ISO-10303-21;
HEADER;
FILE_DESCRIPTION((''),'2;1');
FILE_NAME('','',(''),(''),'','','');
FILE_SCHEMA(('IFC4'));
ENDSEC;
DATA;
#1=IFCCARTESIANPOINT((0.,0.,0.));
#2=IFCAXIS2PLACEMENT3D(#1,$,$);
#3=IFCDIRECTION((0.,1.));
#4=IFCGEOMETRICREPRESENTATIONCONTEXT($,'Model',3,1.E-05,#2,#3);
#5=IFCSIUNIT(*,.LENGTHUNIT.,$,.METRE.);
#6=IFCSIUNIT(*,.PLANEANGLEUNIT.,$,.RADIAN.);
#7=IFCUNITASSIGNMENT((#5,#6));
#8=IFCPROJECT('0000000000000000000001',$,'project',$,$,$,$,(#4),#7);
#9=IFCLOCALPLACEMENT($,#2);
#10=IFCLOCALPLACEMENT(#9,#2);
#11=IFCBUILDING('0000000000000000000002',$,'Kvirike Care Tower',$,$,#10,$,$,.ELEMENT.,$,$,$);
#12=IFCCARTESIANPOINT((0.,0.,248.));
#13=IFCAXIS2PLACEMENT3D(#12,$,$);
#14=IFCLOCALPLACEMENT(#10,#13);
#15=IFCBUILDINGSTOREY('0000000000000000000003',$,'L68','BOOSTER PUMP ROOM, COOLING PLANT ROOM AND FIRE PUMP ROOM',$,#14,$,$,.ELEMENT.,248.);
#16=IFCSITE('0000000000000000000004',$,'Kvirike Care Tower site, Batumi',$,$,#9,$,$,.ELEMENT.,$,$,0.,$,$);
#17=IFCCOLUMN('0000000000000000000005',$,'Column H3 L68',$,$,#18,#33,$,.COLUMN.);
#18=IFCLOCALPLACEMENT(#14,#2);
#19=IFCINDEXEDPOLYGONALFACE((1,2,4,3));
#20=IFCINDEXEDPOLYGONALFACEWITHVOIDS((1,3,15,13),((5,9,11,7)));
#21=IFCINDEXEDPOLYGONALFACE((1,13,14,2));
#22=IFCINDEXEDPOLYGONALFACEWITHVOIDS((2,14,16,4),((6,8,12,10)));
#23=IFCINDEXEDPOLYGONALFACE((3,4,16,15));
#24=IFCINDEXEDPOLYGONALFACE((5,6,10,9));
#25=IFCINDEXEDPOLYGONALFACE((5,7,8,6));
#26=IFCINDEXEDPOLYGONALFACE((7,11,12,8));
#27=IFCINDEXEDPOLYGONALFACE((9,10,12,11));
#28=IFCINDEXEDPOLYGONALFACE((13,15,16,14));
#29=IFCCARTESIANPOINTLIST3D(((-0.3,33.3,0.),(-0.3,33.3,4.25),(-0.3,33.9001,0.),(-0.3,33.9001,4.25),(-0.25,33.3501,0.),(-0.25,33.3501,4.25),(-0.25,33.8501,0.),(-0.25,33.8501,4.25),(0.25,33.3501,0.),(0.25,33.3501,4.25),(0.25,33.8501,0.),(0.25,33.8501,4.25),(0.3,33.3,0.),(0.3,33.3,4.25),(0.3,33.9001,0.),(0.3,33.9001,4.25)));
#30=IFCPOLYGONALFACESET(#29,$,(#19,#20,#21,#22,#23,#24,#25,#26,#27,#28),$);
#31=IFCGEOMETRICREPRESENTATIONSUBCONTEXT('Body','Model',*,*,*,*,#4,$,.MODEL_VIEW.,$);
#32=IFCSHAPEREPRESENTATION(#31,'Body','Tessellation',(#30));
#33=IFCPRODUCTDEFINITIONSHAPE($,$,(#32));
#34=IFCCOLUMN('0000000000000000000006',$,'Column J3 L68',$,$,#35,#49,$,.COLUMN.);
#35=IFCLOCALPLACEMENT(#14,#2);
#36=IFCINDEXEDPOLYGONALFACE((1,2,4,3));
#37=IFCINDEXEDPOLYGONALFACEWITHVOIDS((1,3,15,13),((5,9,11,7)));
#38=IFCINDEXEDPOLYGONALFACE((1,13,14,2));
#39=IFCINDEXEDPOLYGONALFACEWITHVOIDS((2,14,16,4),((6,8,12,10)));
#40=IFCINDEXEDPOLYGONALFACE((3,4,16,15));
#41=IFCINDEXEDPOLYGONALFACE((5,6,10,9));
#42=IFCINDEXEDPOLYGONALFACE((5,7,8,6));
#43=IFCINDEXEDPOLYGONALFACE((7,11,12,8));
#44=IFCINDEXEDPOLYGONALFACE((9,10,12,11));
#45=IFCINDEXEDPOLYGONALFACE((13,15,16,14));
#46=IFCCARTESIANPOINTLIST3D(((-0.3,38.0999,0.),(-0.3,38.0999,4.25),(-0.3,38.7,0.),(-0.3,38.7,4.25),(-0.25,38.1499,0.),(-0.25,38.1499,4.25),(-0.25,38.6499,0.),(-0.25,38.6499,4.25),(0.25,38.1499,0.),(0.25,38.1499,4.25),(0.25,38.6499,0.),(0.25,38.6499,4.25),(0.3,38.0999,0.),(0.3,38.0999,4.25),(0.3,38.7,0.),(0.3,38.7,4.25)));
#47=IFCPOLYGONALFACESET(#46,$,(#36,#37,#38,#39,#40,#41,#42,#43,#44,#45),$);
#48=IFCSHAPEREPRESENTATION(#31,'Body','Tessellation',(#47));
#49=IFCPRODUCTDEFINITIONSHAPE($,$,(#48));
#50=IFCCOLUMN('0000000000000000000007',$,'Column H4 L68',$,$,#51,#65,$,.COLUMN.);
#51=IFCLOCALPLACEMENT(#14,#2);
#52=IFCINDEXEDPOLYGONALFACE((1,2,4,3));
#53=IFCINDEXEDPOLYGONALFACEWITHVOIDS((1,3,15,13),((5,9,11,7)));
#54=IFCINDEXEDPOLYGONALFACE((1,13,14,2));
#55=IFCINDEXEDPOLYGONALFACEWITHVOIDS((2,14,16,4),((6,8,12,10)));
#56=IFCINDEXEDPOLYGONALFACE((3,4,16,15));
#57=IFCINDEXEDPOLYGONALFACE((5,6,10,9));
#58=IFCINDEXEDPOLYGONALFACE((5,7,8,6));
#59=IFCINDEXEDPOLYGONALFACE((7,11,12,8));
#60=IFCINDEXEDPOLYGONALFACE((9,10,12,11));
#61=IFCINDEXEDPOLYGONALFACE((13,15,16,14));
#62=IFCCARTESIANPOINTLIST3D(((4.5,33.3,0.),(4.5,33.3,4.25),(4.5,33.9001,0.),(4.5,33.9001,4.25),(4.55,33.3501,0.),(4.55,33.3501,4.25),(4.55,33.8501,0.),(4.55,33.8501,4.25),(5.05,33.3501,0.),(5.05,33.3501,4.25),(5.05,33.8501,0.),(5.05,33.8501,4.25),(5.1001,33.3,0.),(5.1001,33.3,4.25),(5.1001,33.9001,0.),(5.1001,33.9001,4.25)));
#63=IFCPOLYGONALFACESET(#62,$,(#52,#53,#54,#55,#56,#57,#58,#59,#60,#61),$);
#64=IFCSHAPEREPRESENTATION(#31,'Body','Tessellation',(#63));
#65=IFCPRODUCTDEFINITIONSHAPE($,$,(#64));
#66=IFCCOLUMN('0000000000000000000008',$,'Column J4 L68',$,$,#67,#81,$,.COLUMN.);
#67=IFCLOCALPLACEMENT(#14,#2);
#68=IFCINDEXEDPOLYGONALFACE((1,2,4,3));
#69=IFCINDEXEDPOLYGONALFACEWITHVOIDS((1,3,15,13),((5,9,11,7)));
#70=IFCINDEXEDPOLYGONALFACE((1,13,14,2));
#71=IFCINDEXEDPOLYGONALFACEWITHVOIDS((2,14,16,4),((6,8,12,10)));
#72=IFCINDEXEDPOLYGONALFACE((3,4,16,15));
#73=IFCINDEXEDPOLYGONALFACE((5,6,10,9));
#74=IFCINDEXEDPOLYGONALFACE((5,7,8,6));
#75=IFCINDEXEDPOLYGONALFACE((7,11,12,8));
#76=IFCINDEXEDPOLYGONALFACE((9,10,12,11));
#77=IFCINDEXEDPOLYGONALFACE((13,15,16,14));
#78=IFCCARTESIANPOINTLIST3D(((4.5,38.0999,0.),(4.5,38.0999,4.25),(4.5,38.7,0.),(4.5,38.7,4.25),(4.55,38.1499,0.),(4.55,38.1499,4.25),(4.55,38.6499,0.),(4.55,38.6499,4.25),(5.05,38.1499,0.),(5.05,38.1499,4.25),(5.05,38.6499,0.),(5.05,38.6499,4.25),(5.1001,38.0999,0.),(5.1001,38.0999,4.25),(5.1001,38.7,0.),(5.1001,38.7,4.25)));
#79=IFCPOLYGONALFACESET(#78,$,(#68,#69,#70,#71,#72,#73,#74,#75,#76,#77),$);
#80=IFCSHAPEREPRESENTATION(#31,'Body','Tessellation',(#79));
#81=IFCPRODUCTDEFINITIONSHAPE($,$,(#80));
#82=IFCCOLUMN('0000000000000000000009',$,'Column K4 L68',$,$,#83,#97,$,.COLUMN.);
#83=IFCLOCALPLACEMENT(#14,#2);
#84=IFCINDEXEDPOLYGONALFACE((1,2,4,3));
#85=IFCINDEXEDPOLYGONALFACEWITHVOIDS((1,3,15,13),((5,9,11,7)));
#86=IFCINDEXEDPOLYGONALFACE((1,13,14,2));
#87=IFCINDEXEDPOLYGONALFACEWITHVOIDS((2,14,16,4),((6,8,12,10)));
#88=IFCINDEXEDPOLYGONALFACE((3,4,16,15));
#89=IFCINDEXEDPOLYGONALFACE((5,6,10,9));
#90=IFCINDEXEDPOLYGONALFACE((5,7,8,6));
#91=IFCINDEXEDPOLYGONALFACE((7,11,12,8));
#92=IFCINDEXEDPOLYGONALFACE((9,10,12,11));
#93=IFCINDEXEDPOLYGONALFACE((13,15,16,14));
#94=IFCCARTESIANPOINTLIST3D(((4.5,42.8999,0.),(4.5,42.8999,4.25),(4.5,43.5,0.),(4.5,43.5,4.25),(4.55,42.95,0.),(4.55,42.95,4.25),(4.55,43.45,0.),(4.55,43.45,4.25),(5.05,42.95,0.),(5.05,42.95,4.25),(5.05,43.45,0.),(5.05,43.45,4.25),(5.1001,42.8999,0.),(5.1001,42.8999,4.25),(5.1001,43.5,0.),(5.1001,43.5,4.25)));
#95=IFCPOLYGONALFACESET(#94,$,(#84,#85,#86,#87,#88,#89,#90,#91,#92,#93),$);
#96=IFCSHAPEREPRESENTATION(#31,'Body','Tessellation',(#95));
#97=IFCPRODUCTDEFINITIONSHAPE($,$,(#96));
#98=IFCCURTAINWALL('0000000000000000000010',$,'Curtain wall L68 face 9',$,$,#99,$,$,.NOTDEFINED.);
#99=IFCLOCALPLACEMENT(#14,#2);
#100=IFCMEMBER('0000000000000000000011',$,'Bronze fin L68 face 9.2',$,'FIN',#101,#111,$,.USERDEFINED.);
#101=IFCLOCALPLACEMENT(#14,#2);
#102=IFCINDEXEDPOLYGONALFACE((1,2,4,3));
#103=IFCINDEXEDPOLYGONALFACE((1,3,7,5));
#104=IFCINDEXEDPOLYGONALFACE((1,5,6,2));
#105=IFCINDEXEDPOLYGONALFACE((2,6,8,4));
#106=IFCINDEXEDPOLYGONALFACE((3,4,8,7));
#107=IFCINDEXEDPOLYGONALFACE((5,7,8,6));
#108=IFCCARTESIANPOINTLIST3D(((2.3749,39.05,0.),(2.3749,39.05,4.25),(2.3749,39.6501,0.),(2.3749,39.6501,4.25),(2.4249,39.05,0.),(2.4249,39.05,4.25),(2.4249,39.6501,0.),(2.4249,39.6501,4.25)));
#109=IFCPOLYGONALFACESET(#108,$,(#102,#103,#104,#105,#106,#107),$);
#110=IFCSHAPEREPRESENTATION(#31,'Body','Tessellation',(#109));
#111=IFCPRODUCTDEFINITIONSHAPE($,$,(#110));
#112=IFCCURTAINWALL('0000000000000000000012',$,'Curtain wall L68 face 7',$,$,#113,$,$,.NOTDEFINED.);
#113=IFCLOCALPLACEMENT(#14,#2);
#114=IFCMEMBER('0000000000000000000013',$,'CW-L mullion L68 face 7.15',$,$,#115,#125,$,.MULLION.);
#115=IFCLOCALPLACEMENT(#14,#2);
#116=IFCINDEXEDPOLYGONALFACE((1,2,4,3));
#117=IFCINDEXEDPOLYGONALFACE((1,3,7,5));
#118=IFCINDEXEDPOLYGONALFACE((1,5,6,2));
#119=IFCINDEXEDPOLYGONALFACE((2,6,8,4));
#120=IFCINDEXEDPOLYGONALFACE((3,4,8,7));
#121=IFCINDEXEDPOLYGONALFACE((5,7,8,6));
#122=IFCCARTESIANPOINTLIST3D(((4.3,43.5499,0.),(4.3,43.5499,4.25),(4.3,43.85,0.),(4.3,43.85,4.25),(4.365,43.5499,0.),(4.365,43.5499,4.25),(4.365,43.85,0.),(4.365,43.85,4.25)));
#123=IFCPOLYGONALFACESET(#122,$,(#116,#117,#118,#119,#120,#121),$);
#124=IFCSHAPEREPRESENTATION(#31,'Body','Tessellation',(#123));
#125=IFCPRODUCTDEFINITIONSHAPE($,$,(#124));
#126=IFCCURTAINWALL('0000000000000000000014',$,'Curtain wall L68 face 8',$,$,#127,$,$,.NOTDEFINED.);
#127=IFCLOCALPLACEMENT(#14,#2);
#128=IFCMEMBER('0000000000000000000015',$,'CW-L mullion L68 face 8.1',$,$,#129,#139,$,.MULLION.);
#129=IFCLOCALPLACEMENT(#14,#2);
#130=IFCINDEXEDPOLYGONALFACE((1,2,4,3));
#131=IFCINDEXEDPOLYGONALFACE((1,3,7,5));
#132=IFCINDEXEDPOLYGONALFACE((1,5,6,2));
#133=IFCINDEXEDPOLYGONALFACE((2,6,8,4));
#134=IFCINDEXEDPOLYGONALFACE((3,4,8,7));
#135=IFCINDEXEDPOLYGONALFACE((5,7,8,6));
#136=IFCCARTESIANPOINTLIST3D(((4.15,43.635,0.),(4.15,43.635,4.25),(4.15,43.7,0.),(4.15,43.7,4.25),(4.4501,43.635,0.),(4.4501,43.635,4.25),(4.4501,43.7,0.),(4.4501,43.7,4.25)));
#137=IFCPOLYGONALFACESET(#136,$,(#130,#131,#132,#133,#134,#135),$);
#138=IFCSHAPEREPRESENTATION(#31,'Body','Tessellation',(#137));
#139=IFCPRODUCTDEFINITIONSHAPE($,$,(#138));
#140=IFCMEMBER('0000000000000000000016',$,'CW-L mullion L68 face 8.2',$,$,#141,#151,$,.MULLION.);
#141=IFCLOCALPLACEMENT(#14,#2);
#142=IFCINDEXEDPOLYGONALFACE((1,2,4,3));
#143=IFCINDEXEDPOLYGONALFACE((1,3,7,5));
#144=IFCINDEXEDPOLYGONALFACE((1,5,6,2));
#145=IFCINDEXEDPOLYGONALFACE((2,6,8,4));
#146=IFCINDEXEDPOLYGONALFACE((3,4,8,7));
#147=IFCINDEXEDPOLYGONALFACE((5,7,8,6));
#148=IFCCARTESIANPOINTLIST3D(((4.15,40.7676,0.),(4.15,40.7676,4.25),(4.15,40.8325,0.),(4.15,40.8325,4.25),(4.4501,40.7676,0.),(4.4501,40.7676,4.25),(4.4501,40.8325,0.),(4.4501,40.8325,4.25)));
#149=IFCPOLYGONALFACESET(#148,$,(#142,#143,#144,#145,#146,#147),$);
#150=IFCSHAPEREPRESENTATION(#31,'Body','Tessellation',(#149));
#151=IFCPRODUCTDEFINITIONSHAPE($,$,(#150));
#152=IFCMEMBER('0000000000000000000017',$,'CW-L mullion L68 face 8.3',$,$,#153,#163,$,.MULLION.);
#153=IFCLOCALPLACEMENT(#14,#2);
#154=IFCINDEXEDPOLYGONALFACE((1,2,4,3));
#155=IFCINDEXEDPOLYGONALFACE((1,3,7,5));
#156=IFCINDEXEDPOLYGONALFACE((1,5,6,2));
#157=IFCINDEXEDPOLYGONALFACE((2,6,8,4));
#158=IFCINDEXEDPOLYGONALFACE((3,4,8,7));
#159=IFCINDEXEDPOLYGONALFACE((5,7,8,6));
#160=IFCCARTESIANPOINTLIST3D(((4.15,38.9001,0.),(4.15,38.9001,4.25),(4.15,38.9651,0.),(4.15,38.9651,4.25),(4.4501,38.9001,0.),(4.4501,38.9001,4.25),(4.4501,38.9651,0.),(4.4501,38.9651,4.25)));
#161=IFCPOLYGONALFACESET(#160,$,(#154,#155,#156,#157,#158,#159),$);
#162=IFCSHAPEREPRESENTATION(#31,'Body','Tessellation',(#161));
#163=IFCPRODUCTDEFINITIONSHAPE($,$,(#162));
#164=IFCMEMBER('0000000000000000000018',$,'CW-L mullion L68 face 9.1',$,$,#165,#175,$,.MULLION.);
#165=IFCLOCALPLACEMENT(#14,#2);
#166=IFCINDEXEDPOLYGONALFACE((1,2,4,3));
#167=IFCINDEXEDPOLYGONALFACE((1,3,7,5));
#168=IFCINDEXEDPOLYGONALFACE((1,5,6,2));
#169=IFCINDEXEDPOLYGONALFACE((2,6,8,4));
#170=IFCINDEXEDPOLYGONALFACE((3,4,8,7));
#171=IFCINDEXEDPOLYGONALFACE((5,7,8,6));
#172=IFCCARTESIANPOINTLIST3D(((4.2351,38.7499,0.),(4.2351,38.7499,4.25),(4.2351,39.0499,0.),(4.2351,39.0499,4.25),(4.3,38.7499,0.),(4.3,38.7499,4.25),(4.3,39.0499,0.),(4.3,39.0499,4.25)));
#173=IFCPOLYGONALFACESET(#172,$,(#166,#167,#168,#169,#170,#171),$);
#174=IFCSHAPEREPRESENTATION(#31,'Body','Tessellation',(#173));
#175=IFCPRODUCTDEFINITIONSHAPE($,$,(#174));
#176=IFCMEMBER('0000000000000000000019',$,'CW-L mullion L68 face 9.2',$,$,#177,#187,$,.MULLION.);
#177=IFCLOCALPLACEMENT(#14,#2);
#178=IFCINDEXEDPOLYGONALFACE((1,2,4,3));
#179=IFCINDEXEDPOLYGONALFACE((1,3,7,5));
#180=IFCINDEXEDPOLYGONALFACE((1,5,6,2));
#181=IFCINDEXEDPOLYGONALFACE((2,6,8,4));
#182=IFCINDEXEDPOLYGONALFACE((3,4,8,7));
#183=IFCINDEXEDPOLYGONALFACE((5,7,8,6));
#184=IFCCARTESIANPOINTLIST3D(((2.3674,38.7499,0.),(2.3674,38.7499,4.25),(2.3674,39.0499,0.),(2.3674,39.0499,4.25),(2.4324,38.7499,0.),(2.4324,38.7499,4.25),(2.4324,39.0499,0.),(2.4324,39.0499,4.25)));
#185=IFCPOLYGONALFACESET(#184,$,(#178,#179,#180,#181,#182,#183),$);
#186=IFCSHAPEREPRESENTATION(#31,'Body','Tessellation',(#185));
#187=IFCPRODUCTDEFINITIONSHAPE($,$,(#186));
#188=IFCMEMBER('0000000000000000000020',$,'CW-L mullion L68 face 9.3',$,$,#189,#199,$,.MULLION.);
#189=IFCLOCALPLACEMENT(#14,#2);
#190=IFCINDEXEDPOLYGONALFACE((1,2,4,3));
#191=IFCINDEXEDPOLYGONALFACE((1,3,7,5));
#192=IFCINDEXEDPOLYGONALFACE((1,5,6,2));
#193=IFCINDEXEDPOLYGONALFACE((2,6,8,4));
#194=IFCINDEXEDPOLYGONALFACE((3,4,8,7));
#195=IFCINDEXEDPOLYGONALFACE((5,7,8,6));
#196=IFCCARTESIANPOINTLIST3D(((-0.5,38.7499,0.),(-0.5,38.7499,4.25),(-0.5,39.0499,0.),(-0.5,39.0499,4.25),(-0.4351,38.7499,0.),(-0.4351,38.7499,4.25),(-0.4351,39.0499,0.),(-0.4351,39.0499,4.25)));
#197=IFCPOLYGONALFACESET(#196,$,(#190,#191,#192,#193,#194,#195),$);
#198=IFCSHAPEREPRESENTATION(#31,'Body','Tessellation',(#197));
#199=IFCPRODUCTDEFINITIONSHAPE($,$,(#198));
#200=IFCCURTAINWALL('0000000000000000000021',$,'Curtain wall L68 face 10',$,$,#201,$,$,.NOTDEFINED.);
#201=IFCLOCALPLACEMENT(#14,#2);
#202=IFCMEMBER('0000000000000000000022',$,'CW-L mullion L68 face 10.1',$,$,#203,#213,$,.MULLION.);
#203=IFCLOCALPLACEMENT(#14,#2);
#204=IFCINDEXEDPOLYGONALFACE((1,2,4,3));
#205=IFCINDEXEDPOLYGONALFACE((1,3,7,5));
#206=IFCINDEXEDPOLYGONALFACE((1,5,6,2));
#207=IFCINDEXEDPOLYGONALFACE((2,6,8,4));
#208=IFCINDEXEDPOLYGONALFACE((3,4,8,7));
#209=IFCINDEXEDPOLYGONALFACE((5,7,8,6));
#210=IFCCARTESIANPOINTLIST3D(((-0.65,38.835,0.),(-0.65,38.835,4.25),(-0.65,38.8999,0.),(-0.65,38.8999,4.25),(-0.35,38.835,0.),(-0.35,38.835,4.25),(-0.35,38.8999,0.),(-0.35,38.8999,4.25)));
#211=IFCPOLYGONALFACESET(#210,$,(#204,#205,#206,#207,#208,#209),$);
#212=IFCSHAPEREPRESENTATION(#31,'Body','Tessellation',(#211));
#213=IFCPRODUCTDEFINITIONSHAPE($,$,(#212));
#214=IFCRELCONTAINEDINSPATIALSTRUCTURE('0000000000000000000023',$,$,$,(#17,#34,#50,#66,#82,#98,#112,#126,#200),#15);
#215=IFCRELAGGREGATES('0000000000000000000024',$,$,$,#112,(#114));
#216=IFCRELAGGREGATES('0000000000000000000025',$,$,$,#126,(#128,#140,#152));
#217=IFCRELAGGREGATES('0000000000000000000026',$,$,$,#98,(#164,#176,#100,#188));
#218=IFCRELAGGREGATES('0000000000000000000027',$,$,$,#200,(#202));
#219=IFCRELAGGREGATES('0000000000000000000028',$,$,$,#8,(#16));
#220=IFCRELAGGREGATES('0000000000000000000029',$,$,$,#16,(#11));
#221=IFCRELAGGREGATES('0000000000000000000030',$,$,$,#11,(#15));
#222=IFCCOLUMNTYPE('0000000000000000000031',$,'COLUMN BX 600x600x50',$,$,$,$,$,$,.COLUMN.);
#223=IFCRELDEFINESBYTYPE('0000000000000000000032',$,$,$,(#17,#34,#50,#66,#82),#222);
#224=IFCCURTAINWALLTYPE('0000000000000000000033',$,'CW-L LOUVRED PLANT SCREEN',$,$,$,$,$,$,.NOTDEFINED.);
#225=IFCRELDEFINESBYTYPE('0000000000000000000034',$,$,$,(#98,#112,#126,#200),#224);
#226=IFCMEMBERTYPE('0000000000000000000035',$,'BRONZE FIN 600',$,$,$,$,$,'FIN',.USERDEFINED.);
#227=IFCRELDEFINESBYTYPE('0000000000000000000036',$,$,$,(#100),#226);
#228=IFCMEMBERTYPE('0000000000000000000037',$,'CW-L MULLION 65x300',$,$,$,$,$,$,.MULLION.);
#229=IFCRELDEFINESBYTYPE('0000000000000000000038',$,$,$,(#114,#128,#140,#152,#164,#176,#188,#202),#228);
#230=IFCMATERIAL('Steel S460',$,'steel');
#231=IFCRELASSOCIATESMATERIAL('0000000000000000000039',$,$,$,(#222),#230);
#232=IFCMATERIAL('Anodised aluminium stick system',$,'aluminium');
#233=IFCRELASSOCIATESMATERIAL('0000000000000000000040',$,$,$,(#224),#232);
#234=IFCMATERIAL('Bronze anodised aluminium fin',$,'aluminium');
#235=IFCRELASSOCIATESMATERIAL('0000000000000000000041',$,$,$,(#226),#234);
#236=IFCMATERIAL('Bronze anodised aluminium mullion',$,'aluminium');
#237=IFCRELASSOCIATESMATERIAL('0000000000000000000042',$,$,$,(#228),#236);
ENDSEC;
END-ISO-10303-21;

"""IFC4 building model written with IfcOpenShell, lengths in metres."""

from ifc_helpers import new_model, si_unit, direction, frame, origin, origin_2d, place, context, subcontext, project, spatial, rectangle, hollow_rectangle, extrude, material, material_profile, profile_set, type_object, element, aggregate, save


model = new_model("IFC4")

# Units and contexts
model_context = context("Model", 3, precision=1e-05, world=origin(), true_north=direction((0.0, 1.0)))
body_context = subcontext(model_context, "Body", "Model", "MODEL_VIEW")
ifc_project = project(units=[si_unit("LENGTHUNIT", "METRE"), si_unit("PLANEANGLEUNIT", "RADIAN")], contexts=[model_context])

# Site, building, storey
site_placement = place(None, origin())
site = spatial("IfcSite", under=ifc_project, at=site_placement, Name="Kvirike Care Tower site, Batumi", CompositionType="ELEMENT", RefElevation=0.0)
building_placement = place(site_placement, origin())
building = spatial("IfcBuilding", under=site, at=building_placement, Name="Kvirike Care Tower", CompositionType="ELEMENT")
storey_placement = place(building_placement, frame((0.0, 0.0, 248.0)))
storey = spatial("IfcBuildingStorey", under=building, at=storey_placement, Name="L68", Description="BOOSTER PUMP ROOM, COOLING PLANT ROOM AND FIRE PUMP ROOM", CompositionType="ELEMENT", Elevation=248.0)

# Columns
ifc_material_1 = material(Name="Steel S460", Category="steel")
ifc_material_profile_1 = material_profile(ifc_material_1, hollow_rectangle(XDim=0.6001, YDim=0.6001, WallThickness=0.05, at=origin_2d()), Name="BX 600x600x50")
ifc_profile_set_1 = profile_set([ifc_material_profile_1], Name="Steel S460")
column_type = type_object("IfcColumnType", Name="COLUMN BX 600x600x50", PredefinedType="COLUMN", material=ifc_profile_set_1)
for number, where, z_axis, x_axis, name in (
    (1, (0.0, 33.6001, 0.0), (0.0, 0.0, 1.0), (0.0, 1.0, 0.0), "Column H3 L68"),
    (2, (0.0, 38.3999, 0.0), (0.0, 0.0, 1.0), (0.0, 1.0, 0.0), "Column J3 L68"),
    (3, (4.8, 33.6001, 0.0), (0.0, 0.0, 1.0), (0.0, 1.0, 0.0), "Column H4 L68"),
    (4, (4.8, 38.3999, 0.0), (0.0, 0.0, 1.0), (0.0, 1.0, 0.0), "Column J4 L68"),
    (5, (4.8, 43.2, 0.0), (0.0, 0.0, 1.0), (0.0, 1.0, 0.0), "Column K4 L68"),
):
    element("IfcColumn", number, at=place(storey_placement, frame(where, z_axis=z_axis, x_axis=x_axis)), inside=storey, type_object=column_type, Name=name, PredefinedType="COLUMN", context=body_context, shape_type="SweptSolid", body=[
        extrude(hollow_rectangle(XDim=0.6001, YDim=0.6001, WallThickness=0.05, at=origin_2d()), origin(), (0.0, 0.0, 1.0), 4.25),
    ])

# Curtain walls, members
ifc_material_2 = material(Name="Anodised aluminium stick system", Category="aluminium")
curtain_wall_type = type_object("IfcCurtainWallType", Name="CW-L LOUVRED PLANT SCREEN", PredefinedType="NOTDEFINED", material=ifc_material_2)
curtain_wall_1_placement = place(storey_placement, origin())
curtain_wall_1 = element("IfcCurtainWall", 6, at=curtain_wall_1_placement, inside=storey, type_object=curtain_wall_type, Name="Curtain wall L68 face 9", PredefinedType="NOTDEFINED")
ifc_material_3 = material(Name="Bronze anodised aluminium fin", Category="aluminium")
ifc_material_profile_2 = material_profile(ifc_material_3, rectangle(XDim=0.05, YDim=0.6001, at=origin_2d()), Name="BRONZE FIN 600")
ifc_profile_set_2 = profile_set([ifc_material_profile_2], Name="Bronze anodised aluminium fin")
member_type_1 = type_object("IfcMemberType", Name="BRONZE FIN 600", ElementType="FIN", PredefinedType="USERDEFINED", material=ifc_profile_set_2)
member_1_placement = place(storey_placement, frame((2.3999, 39.3501, 0.0), z_axis=(0.0, 0.0, 1.0), x_axis=(-1.0, 0.0, 0.0)))
member_1 = element("IfcMember", 7, at=member_1_placement, type_object=member_type_1, Name="Bronze fin L68 face 9.2", ObjectType="FIN", PredefinedType="USERDEFINED", context=body_context, shape_type="SweptSolid", body=[
    extrude(rectangle(XDim=0.05, YDim=0.6001, at=origin_2d()), origin(), (0.0, 0.0, 1.0), 4.25),
])
curtain_wall_2_placement = place(storey_placement, origin())
curtain_wall_2 = element("IfcCurtainWall", 8, at=curtain_wall_2_placement, inside=storey, type_object=curtain_wall_type, Name="Curtain wall L68 face 7", PredefinedType="NOTDEFINED")
ifc_material_4 = material(Name="Bronze anodised aluminium mullion", Category="aluminium")
ifc_material_profile_3 = material_profile(ifc_material_4, rectangle(XDim=0.0649, YDim=0.3, at=origin_2d()), Name="CW-L MULLION 65x300")
ifc_profile_set_3 = profile_set([ifc_material_profile_3], Name="Bronze anodised aluminium mullion")
member_type_2 = type_object("IfcMemberType", Name="CW-L MULLION 65x300", PredefinedType="MULLION", material=ifc_profile_set_3)
member_2_placement = place(storey_placement, frame((4.3325, 43.7, 0.0), z_axis=(0.0, 0.0, 1.0), x_axis=(-1.0, 0.0, 0.0)))
member_2 = element("IfcMember", 9, at=member_2_placement, type_object=member_type_2, Name="CW-L mullion L68 face 7.15", PredefinedType="MULLION", context=body_context, shape_type="SweptSolid", body=[
    extrude(rectangle(XDim=0.0649, YDim=0.3, at=origin_2d()), origin(), (0.0, 0.0, 1.0), 4.25),
])
aggregate(curtain_wall_2, [member_2])

# Curtain wall, members
curtain_wall_3_placement = place(storey_placement, origin())
curtain_wall_3 = element("IfcCurtainWall", 10, at=curtain_wall_3_placement, inside=storey, type_object=curtain_wall_type, Name="Curtain wall L68 face 8", PredefinedType="NOTDEFINED")
member_3_placement = place(storey_placement, frame((4.3, 43.6675, 0.0), z_axis=(0.0, 0.0, 1.0), x_axis=(0.0, -1.0, 0.0)))
member_3 = element("IfcMember", 11, at=member_3_placement, type_object=member_type_2, Name="CW-L mullion L68 face 8.1", PredefinedType="MULLION", context=body_context, shape_type="SweptSolid", body=[
    extrude(rectangle(XDim=0.0649, YDim=0.3, at=origin_2d()), origin(), (0.0, 0.0, 1.0), 4.25),
])
member_4_placement = place(storey_placement, frame((4.3, 40.8, 0.0), z_axis=(0.0, 0.0, 1.0), x_axis=(0.0, -1.0, 0.0)))
member_4 = element("IfcMember", 12, at=member_4_placement, type_object=member_type_2, Name="CW-L mullion L68 face 8.2", PredefinedType="MULLION", context=body_context, shape_type="SweptSolid", body=[
    extrude(rectangle(XDim=0.0649, YDim=0.3, at=origin_2d()), origin(), (0.0, 0.0, 1.0), 4.25),
])
member_5_placement = place(storey_placement, frame((4.3, 38.9326, 0.0), z_axis=(0.0, 0.0, 1.0), x_axis=(0.0, -1.0, 0.0)))
member_5 = element("IfcMember", 13, at=member_5_placement, type_object=member_type_2, Name="CW-L mullion L68 face 8.3", PredefinedType="MULLION", context=body_context, shape_type="SweptSolid", body=[
    extrude(rectangle(XDim=0.0649, YDim=0.3, at=origin_2d()), origin(), (0.0, 0.0, 1.0), 4.25),
])
aggregate(curtain_wall_3, [member_3, member_4, member_5])

# Members
member_6_placement = place(storey_placement, frame((4.2676, 38.8999, 0.0), z_axis=(0.0, 0.0, 1.0), x_axis=(-1.0, 0.0, 0.0)))
member_6 = element("IfcMember", 14, at=member_6_placement, type_object=member_type_2, Name="CW-L mullion L68 face 9.1", PredefinedType="MULLION", context=body_context, shape_type="SweptSolid", body=[
    extrude(rectangle(XDim=0.0649, YDim=0.3, at=origin_2d()), origin(), (0.0, 0.0, 1.0), 4.25),
])
member_7_placement = place(storey_placement, frame((2.3999, 38.8999, 0.0), z_axis=(0.0, 0.0, 1.0), x_axis=(-1.0, 0.0, 0.0)))
member_7 = element("IfcMember", 15, at=member_7_placement, type_object=member_type_2, Name="CW-L mullion L68 face 9.2", PredefinedType="MULLION", context=body_context, shape_type="SweptSolid", body=[
    extrude(rectangle(XDim=0.0649, YDim=0.3, at=origin_2d()), origin(), (0.0, 0.0, 1.0), 4.25),
])
member_8_placement = place(storey_placement, frame((-0.4675, 38.8999, 0.0), z_axis=(0.0, 0.0, 1.0), x_axis=(-1.0, 0.0, 0.0)))
member_8 = element("IfcMember", 16, at=member_8_placement, type_object=member_type_2, Name="CW-L mullion L68 face 9.3", PredefinedType="MULLION", context=body_context, shape_type="SweptSolid", body=[
    extrude(rectangle(XDim=0.0649, YDim=0.3, at=origin_2d()), origin(), (0.0, 0.0, 1.0), 4.25),
])
aggregate(curtain_wall_1, [member_6, member_7, member_1, member_8])

# Curtain wall, member
curtain_wall_4_placement = place(storey_placement, origin())
curtain_wall_4 = element("IfcCurtainWall", 17, at=curtain_wall_4_placement, inside=storey, type_object=curtain_wall_type, Name="Curtain wall L68 face 10", PredefinedType="NOTDEFINED")
member_9_placement = place(storey_placement, frame((-0.5, 38.8674, 0.0), z_axis=(0.0, 0.0, 1.0), x_axis=(0.0, -1.0, 0.0)))
member_9 = element("IfcMember", 18, at=member_9_placement, type_object=member_type_2, Name="CW-L mullion L68 face 10.1", PredefinedType="MULLION", context=body_context, shape_type="SweptSolid", body=[
    extrude(rectangle(XDim=0.0649, YDim=0.3, at=origin_2d()), origin(), (0.0, 0.0, 1.0), 4.25),
])
aggregate(curtain_wall_4, [member_9])

save(model, "model.ifc")
